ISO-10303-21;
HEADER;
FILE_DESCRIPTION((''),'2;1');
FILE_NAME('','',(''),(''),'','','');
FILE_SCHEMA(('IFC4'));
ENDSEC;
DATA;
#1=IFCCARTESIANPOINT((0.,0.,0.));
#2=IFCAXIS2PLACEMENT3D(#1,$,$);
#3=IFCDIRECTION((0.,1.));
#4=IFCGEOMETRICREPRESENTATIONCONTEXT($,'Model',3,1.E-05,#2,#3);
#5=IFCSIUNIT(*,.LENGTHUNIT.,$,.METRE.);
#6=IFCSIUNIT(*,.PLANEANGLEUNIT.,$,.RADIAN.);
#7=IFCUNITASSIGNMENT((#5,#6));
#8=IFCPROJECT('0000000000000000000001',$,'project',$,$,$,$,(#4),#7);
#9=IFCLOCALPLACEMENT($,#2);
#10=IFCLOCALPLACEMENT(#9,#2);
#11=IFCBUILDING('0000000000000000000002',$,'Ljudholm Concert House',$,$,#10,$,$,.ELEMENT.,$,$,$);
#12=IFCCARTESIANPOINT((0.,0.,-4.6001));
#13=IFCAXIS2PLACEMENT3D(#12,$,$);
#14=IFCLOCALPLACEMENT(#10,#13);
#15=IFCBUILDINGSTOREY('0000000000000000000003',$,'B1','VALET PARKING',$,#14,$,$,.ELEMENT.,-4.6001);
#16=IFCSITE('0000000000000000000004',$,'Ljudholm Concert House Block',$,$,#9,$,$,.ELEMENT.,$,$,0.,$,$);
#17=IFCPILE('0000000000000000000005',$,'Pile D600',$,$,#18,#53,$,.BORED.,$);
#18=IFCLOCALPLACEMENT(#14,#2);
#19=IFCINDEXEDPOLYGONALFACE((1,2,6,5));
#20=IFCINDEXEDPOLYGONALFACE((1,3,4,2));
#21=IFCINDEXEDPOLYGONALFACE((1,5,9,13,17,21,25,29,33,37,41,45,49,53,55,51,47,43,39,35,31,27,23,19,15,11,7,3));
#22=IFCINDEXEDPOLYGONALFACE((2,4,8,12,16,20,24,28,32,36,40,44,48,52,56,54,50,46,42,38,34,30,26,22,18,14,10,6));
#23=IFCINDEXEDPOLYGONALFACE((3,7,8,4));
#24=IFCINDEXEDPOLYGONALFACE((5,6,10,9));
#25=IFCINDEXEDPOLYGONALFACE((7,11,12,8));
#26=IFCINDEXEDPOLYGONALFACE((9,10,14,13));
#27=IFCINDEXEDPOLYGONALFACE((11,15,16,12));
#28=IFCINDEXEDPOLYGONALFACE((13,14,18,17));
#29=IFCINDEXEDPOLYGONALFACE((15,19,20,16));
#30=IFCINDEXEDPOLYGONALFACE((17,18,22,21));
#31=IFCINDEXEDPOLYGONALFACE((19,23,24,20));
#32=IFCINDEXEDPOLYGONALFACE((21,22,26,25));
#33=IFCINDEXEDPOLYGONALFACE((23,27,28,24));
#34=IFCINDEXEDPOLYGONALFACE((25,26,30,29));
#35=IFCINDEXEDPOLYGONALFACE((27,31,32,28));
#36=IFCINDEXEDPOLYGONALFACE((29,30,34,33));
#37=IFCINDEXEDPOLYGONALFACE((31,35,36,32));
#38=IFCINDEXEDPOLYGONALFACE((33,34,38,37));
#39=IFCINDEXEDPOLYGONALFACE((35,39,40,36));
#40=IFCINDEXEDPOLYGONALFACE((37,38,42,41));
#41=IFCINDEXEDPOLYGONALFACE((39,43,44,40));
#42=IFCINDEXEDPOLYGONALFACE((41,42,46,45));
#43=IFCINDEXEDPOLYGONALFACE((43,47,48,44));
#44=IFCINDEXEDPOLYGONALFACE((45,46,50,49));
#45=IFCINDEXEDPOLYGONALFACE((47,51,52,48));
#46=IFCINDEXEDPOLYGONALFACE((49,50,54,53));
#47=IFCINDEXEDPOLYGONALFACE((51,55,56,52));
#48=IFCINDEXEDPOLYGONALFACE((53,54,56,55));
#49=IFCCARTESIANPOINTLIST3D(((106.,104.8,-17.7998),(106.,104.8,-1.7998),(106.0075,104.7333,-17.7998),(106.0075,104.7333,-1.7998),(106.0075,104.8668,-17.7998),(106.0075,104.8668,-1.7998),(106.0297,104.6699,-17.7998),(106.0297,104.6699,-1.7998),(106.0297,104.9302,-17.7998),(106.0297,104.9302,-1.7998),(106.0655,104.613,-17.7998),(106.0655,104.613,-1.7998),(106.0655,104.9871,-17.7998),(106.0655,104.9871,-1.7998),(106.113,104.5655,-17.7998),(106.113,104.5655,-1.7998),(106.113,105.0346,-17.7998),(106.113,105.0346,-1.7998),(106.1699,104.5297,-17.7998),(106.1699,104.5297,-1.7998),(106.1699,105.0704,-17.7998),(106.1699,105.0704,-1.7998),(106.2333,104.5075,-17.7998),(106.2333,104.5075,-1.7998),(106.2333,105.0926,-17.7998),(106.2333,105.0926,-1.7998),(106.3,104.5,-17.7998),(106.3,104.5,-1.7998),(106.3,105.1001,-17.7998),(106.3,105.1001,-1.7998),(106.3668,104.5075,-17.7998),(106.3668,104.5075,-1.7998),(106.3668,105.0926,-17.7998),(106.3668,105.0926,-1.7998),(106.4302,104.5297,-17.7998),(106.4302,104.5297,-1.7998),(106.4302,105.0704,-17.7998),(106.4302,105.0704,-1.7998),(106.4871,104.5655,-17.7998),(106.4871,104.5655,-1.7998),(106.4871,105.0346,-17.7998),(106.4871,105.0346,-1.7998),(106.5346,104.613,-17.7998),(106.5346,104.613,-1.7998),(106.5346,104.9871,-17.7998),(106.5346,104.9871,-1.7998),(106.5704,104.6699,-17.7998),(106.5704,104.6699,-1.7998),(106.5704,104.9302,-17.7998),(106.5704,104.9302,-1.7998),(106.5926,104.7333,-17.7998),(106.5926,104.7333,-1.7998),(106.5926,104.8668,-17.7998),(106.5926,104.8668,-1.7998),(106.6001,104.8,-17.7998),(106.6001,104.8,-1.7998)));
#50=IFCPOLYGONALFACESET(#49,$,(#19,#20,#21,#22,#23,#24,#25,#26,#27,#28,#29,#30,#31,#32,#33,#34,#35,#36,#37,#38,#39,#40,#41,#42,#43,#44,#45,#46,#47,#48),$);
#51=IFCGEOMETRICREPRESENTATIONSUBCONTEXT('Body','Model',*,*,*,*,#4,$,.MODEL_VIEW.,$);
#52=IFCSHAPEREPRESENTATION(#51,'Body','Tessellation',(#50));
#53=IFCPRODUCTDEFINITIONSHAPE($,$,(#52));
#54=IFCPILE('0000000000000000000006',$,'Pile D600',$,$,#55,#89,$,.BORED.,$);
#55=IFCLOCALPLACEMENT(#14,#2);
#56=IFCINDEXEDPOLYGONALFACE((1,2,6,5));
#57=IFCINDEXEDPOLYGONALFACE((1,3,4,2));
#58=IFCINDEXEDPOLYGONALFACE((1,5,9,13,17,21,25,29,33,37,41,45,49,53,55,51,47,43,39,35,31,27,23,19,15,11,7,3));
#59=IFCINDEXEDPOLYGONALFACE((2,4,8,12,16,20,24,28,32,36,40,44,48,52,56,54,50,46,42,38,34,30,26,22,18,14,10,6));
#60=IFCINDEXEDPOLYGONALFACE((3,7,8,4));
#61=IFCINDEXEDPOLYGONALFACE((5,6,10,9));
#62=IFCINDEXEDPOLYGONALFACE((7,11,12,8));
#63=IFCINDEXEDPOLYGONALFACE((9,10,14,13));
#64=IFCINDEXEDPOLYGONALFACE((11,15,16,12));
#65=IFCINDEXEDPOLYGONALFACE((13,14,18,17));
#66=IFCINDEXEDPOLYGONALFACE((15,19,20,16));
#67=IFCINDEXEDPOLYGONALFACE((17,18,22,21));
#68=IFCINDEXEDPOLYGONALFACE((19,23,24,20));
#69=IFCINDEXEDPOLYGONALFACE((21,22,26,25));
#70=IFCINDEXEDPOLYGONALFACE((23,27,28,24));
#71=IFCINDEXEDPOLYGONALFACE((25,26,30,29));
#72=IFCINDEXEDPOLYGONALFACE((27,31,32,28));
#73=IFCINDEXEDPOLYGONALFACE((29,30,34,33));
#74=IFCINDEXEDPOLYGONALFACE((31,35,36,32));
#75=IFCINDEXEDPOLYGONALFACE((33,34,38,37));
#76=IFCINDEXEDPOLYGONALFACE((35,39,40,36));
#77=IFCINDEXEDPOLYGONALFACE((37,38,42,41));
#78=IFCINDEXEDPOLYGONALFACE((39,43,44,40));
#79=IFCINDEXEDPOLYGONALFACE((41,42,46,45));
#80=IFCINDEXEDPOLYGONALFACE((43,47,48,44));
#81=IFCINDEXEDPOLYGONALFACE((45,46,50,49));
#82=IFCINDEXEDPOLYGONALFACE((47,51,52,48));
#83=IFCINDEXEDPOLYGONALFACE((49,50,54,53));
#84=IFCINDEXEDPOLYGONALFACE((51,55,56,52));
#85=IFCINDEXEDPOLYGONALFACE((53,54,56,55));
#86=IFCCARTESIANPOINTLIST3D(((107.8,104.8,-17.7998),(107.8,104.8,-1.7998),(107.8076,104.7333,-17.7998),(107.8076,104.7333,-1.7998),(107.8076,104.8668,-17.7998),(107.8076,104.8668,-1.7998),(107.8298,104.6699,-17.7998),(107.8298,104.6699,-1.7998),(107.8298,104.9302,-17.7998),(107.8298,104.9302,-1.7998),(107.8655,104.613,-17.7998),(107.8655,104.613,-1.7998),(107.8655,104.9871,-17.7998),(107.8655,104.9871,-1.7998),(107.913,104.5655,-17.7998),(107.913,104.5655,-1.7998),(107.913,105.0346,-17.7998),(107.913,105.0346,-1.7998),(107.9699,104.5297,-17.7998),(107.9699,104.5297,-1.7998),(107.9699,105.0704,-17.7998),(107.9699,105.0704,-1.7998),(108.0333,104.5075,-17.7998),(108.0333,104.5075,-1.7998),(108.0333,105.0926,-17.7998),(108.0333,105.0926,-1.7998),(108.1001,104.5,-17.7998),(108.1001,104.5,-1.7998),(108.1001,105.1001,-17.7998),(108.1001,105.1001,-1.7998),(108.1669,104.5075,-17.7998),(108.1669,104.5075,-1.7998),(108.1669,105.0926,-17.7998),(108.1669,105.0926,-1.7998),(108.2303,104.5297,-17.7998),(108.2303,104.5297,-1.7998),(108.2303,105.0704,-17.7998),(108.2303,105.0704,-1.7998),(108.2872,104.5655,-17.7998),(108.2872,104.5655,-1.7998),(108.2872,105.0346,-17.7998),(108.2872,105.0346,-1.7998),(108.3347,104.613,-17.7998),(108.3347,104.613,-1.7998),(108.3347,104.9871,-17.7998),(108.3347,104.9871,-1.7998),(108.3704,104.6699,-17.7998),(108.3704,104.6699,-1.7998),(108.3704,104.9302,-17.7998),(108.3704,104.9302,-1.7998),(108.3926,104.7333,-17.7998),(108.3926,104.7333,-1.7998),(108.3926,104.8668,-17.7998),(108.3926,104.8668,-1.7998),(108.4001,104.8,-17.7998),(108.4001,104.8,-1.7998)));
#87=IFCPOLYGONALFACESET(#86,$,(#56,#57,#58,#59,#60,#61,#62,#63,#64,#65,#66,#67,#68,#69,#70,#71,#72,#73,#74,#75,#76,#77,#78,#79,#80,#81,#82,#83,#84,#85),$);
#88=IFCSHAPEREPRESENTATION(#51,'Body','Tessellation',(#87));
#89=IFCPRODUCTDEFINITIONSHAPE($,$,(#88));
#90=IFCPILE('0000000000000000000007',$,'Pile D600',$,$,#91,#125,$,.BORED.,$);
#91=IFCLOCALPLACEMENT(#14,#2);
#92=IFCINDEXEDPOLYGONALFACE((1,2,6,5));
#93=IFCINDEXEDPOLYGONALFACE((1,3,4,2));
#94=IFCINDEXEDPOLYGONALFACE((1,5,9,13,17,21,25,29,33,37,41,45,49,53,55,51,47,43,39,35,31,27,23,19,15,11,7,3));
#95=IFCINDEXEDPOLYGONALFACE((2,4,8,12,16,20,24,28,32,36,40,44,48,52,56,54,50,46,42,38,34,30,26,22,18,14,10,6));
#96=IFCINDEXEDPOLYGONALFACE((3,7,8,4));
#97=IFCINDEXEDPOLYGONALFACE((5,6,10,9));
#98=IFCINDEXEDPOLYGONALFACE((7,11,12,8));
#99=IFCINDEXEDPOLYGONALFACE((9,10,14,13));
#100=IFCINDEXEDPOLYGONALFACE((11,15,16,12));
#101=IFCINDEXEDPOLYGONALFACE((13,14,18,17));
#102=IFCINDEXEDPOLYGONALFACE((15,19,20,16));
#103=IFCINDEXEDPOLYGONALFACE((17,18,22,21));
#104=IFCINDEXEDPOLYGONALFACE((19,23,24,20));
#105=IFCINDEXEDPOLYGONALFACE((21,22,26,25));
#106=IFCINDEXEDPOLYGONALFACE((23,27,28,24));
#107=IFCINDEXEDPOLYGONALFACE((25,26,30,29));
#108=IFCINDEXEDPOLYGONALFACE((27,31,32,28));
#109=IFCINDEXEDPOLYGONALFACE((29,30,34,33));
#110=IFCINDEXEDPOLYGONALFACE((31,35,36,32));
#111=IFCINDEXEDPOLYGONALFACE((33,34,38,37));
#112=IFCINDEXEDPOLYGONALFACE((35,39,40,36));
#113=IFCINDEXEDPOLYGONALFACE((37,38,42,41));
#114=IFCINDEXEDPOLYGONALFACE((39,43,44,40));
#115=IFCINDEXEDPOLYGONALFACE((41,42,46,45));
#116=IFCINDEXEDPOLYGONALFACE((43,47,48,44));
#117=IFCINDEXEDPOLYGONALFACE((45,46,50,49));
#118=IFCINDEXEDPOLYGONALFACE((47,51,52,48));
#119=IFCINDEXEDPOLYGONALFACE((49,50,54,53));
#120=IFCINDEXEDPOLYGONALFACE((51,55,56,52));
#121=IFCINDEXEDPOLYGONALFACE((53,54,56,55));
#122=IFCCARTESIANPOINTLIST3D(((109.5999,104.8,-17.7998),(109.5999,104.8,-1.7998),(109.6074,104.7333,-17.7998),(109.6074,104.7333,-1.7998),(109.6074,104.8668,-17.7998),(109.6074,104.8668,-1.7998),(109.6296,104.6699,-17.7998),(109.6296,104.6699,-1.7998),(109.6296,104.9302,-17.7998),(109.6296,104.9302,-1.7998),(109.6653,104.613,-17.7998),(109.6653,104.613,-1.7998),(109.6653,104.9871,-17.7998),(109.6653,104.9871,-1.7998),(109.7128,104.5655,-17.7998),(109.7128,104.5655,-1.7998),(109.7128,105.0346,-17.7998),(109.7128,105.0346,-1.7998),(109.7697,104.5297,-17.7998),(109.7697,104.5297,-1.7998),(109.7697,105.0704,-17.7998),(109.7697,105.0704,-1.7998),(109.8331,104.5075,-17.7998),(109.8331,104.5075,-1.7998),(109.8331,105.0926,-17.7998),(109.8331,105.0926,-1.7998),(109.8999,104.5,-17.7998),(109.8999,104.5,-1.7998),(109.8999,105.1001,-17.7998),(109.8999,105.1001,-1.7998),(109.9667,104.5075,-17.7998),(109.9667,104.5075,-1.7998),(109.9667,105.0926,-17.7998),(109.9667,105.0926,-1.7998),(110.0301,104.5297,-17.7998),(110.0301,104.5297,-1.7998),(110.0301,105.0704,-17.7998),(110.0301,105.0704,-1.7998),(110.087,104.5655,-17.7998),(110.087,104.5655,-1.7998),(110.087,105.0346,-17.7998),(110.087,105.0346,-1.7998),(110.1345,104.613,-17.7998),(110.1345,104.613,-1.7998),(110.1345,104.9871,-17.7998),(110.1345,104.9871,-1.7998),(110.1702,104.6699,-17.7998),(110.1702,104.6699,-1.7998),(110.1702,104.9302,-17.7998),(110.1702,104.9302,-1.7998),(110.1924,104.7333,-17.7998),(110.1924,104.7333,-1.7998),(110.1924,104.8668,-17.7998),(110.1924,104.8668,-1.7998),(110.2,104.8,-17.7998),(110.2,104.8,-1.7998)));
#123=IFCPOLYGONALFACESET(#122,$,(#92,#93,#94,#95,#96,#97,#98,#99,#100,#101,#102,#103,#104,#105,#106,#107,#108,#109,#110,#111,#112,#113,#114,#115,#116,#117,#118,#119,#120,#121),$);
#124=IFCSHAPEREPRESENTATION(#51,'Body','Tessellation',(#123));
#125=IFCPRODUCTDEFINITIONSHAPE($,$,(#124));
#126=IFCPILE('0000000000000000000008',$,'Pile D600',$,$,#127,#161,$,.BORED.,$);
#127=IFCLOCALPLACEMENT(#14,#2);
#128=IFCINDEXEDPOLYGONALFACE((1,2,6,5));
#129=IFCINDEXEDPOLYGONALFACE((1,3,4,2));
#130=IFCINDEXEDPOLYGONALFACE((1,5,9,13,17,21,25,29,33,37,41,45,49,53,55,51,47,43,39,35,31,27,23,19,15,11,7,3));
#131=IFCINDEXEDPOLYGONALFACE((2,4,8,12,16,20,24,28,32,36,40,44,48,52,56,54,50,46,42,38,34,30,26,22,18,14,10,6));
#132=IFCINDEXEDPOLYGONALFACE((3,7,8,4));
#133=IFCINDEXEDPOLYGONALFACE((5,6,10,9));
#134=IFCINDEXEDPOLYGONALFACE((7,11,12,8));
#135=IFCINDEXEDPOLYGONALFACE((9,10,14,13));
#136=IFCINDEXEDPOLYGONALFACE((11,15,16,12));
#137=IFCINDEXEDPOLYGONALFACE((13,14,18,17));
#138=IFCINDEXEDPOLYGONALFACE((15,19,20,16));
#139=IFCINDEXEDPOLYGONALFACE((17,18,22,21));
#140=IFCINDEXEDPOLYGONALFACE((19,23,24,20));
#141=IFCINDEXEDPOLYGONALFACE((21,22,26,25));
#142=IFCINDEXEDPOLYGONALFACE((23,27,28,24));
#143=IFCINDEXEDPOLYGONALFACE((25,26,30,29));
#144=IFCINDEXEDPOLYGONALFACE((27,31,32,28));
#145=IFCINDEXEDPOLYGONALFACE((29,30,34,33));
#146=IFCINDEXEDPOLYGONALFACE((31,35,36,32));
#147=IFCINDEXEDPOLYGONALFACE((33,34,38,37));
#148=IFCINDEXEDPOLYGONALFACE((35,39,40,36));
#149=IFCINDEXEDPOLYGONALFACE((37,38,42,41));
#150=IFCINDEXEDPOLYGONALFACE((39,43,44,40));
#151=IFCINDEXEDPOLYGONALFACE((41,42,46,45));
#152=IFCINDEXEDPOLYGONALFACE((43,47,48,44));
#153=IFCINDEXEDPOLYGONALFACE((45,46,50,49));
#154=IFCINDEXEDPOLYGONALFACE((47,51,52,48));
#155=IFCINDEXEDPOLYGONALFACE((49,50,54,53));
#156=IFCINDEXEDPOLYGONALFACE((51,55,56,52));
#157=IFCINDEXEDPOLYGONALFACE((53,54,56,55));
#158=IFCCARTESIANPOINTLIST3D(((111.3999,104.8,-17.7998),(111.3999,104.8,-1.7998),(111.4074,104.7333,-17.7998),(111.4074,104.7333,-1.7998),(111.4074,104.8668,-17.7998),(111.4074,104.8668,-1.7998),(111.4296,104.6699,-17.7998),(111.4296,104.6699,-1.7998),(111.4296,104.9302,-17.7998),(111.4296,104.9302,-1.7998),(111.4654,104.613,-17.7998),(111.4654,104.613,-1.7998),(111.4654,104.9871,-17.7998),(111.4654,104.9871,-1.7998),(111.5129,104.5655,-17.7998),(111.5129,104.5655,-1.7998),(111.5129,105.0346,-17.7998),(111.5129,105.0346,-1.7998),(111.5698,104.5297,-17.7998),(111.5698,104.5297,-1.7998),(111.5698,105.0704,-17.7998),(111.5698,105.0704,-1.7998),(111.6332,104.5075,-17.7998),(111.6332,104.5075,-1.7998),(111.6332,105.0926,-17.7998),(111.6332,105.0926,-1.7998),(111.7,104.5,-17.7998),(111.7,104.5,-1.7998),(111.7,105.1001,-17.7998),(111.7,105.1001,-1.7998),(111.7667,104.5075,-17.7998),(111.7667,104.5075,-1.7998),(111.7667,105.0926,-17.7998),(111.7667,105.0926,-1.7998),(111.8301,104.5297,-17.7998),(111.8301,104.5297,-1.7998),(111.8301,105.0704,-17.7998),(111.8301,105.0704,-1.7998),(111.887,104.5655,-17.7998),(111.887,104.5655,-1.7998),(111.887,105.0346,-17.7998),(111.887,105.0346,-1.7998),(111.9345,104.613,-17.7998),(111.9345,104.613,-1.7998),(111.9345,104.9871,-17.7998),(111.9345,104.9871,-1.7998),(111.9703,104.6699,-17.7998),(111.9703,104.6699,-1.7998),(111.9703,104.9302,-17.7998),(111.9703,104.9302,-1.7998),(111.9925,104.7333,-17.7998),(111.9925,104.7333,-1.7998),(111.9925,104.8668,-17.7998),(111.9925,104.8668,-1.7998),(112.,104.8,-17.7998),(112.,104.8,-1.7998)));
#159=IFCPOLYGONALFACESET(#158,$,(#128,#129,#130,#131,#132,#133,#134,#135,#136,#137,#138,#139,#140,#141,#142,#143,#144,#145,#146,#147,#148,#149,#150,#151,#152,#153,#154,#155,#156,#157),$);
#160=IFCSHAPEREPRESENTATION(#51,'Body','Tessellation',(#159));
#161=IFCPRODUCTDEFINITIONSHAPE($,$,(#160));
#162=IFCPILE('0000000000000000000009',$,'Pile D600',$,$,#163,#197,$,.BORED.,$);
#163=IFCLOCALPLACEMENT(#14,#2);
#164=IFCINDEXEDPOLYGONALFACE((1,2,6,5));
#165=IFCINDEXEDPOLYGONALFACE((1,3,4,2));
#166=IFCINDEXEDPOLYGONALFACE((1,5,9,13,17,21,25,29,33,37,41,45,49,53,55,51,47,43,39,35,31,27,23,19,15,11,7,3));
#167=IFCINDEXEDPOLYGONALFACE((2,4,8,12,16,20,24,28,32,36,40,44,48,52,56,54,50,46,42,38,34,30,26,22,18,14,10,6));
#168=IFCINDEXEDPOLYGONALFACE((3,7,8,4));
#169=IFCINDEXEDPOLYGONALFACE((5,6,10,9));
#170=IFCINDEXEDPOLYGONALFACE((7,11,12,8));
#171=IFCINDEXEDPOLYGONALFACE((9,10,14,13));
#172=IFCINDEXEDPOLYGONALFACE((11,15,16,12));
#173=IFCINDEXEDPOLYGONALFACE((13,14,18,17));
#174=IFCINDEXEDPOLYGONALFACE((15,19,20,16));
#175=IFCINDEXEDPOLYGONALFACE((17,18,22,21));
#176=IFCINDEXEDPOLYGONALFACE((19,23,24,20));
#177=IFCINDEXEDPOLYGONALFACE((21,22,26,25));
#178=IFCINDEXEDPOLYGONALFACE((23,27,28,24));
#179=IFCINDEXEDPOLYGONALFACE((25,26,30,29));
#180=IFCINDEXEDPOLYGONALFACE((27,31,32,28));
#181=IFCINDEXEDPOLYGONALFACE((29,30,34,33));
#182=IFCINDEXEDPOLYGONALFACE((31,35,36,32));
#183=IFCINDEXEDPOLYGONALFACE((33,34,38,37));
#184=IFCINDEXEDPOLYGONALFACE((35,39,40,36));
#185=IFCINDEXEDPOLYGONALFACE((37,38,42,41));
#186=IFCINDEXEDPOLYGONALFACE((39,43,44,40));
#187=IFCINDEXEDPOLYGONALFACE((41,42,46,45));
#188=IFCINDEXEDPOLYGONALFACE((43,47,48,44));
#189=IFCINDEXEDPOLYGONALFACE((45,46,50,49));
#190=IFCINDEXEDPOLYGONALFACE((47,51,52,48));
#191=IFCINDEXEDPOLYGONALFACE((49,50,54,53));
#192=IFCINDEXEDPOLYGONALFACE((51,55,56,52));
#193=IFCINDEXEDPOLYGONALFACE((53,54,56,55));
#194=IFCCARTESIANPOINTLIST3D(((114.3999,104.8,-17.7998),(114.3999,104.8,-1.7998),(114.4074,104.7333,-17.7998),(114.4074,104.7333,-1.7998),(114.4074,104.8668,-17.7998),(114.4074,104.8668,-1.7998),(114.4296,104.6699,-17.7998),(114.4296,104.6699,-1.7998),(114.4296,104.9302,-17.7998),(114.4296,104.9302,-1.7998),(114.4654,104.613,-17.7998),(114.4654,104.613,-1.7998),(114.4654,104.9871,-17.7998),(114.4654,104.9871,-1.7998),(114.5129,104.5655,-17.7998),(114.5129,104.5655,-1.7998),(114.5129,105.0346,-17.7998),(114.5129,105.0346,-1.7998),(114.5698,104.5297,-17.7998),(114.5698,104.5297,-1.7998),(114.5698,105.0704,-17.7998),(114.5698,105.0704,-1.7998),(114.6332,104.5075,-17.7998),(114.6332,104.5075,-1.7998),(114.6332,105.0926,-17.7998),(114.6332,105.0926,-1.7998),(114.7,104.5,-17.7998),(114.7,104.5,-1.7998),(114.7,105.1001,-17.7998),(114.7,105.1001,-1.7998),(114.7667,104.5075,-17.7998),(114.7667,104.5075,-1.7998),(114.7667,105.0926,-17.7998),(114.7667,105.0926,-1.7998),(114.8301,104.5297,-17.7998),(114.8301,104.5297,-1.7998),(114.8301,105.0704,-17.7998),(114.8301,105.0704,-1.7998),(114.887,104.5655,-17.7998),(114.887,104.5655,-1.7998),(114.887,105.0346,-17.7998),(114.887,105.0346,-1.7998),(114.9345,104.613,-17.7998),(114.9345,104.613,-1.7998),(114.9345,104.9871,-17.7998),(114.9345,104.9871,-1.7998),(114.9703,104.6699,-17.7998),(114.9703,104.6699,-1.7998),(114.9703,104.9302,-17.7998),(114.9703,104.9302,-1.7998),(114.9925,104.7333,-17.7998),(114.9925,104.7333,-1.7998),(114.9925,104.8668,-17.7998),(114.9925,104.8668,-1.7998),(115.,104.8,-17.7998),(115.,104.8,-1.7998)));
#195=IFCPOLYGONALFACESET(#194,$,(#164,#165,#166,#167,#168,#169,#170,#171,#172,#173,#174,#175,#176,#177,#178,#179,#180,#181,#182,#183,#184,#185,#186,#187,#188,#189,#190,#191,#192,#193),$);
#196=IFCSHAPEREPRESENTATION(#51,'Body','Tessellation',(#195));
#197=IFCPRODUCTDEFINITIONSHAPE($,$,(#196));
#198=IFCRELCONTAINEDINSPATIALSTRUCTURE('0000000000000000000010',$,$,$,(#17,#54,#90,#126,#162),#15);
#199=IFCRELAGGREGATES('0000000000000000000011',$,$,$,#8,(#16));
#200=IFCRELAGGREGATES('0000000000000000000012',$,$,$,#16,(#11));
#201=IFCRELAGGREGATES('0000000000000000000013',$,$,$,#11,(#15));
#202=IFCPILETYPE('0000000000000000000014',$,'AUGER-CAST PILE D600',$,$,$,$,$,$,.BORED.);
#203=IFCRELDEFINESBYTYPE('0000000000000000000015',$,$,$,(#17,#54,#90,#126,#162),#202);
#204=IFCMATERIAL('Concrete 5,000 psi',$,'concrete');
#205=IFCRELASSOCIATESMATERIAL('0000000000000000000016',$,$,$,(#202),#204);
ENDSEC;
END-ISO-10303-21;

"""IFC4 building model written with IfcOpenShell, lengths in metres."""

from ifc_helpers import new_model, si_unit, direction, frame, origin, origin_2d, place, context, subcontext, project, spatial, circle, extrude, material, material_profile, profile_set, type_object, element, save


model = new_model("IFC4")

# Units and contexts
model_context = context("Model", 3, precision=1e-05, world=origin(), true_north=direction((0.0, 1.0)))
body_context = subcontext(model_context, "Body", "Model", "MODEL_VIEW")
ifc_project = project(units=[si_unit("LENGTHUNIT", "METRE"), si_unit("PLANEANGLEUNIT", "RADIAN")], contexts=[model_context])

# Site, building, storey
site_placement = place(None, origin())
site = spatial("IfcSite", under=ifc_project, at=site_placement, Name="Ljudholm Concert House Block", CompositionType="ELEMENT", RefElevation=0.0)
building_placement = place(site_placement, origin())
building = spatial("IfcBuilding", under=site, at=building_placement, Name="Ljudholm Concert House", CompositionType="ELEMENT")
storey_placement = place(building_placement, frame((0.0, 0.0, -4.6001)))
storey = spatial("IfcBuildingStorey", under=building, at=storey_placement, Name="B1", Description="VALET PARKING", CompositionType="ELEMENT", Elevation=-4.6001)

# Piles
ifc_material_1 = material(Name="Concrete 5,000 psi", Category="concrete")
ifc_material_profile_1 = material_profile(ifc_material_1, circle(Radius=0.3, at=origin_2d()), Name="AUGER-CAST PILE D600")
ifc_profile_set_1 = profile_set([ifc_material_profile_1], Name="Concrete 5,000 psi")
pile_type = type_object("IfcPileType", Name="AUGER-CAST PILE D600", PredefinedType="BORED", material=ifc_profile_set_1)
for number, where, z_axis, x_axis, name in (
    (1, (106.3, 104.8, -1.7998), (0.0, 0.0, -1.0), (1.0, 0.0, 0.0), "Pile D600"),
    (2, (108.1001, 104.8, -1.7998), (0.0, 0.0, -1.0), (1.0, 0.0, 0.0), "Pile D600"),
    (3, (109.8999, 104.8, -1.7998), (0.0, 0.0, -1.0), (1.0, 0.0, 0.0), "Pile D600"),
    (4, (111.7, 104.8, -1.7998), (0.0, 0.0, -1.0), (1.0, 0.0, 0.0), "Pile D600"),
    (5, (114.7, 104.8, -1.7998), (0.0, 0.0, -1.0), (1.0, 0.0, 0.0), "Pile D600"),
):
    element("IfcPile", number, at=place(storey_placement, frame(where, z_axis=z_axis, x_axis=x_axis)), inside=storey, type_object=pile_type, Name=name, PredefinedType="BORED", context=body_context, shape_type="SweptSolid", body=[
        extrude(circle(Radius=0.3, at=origin_2d()), origin(), (0.0, 0.0, 1.0), 16.0),
    ])

save(model, "model.ifc")
